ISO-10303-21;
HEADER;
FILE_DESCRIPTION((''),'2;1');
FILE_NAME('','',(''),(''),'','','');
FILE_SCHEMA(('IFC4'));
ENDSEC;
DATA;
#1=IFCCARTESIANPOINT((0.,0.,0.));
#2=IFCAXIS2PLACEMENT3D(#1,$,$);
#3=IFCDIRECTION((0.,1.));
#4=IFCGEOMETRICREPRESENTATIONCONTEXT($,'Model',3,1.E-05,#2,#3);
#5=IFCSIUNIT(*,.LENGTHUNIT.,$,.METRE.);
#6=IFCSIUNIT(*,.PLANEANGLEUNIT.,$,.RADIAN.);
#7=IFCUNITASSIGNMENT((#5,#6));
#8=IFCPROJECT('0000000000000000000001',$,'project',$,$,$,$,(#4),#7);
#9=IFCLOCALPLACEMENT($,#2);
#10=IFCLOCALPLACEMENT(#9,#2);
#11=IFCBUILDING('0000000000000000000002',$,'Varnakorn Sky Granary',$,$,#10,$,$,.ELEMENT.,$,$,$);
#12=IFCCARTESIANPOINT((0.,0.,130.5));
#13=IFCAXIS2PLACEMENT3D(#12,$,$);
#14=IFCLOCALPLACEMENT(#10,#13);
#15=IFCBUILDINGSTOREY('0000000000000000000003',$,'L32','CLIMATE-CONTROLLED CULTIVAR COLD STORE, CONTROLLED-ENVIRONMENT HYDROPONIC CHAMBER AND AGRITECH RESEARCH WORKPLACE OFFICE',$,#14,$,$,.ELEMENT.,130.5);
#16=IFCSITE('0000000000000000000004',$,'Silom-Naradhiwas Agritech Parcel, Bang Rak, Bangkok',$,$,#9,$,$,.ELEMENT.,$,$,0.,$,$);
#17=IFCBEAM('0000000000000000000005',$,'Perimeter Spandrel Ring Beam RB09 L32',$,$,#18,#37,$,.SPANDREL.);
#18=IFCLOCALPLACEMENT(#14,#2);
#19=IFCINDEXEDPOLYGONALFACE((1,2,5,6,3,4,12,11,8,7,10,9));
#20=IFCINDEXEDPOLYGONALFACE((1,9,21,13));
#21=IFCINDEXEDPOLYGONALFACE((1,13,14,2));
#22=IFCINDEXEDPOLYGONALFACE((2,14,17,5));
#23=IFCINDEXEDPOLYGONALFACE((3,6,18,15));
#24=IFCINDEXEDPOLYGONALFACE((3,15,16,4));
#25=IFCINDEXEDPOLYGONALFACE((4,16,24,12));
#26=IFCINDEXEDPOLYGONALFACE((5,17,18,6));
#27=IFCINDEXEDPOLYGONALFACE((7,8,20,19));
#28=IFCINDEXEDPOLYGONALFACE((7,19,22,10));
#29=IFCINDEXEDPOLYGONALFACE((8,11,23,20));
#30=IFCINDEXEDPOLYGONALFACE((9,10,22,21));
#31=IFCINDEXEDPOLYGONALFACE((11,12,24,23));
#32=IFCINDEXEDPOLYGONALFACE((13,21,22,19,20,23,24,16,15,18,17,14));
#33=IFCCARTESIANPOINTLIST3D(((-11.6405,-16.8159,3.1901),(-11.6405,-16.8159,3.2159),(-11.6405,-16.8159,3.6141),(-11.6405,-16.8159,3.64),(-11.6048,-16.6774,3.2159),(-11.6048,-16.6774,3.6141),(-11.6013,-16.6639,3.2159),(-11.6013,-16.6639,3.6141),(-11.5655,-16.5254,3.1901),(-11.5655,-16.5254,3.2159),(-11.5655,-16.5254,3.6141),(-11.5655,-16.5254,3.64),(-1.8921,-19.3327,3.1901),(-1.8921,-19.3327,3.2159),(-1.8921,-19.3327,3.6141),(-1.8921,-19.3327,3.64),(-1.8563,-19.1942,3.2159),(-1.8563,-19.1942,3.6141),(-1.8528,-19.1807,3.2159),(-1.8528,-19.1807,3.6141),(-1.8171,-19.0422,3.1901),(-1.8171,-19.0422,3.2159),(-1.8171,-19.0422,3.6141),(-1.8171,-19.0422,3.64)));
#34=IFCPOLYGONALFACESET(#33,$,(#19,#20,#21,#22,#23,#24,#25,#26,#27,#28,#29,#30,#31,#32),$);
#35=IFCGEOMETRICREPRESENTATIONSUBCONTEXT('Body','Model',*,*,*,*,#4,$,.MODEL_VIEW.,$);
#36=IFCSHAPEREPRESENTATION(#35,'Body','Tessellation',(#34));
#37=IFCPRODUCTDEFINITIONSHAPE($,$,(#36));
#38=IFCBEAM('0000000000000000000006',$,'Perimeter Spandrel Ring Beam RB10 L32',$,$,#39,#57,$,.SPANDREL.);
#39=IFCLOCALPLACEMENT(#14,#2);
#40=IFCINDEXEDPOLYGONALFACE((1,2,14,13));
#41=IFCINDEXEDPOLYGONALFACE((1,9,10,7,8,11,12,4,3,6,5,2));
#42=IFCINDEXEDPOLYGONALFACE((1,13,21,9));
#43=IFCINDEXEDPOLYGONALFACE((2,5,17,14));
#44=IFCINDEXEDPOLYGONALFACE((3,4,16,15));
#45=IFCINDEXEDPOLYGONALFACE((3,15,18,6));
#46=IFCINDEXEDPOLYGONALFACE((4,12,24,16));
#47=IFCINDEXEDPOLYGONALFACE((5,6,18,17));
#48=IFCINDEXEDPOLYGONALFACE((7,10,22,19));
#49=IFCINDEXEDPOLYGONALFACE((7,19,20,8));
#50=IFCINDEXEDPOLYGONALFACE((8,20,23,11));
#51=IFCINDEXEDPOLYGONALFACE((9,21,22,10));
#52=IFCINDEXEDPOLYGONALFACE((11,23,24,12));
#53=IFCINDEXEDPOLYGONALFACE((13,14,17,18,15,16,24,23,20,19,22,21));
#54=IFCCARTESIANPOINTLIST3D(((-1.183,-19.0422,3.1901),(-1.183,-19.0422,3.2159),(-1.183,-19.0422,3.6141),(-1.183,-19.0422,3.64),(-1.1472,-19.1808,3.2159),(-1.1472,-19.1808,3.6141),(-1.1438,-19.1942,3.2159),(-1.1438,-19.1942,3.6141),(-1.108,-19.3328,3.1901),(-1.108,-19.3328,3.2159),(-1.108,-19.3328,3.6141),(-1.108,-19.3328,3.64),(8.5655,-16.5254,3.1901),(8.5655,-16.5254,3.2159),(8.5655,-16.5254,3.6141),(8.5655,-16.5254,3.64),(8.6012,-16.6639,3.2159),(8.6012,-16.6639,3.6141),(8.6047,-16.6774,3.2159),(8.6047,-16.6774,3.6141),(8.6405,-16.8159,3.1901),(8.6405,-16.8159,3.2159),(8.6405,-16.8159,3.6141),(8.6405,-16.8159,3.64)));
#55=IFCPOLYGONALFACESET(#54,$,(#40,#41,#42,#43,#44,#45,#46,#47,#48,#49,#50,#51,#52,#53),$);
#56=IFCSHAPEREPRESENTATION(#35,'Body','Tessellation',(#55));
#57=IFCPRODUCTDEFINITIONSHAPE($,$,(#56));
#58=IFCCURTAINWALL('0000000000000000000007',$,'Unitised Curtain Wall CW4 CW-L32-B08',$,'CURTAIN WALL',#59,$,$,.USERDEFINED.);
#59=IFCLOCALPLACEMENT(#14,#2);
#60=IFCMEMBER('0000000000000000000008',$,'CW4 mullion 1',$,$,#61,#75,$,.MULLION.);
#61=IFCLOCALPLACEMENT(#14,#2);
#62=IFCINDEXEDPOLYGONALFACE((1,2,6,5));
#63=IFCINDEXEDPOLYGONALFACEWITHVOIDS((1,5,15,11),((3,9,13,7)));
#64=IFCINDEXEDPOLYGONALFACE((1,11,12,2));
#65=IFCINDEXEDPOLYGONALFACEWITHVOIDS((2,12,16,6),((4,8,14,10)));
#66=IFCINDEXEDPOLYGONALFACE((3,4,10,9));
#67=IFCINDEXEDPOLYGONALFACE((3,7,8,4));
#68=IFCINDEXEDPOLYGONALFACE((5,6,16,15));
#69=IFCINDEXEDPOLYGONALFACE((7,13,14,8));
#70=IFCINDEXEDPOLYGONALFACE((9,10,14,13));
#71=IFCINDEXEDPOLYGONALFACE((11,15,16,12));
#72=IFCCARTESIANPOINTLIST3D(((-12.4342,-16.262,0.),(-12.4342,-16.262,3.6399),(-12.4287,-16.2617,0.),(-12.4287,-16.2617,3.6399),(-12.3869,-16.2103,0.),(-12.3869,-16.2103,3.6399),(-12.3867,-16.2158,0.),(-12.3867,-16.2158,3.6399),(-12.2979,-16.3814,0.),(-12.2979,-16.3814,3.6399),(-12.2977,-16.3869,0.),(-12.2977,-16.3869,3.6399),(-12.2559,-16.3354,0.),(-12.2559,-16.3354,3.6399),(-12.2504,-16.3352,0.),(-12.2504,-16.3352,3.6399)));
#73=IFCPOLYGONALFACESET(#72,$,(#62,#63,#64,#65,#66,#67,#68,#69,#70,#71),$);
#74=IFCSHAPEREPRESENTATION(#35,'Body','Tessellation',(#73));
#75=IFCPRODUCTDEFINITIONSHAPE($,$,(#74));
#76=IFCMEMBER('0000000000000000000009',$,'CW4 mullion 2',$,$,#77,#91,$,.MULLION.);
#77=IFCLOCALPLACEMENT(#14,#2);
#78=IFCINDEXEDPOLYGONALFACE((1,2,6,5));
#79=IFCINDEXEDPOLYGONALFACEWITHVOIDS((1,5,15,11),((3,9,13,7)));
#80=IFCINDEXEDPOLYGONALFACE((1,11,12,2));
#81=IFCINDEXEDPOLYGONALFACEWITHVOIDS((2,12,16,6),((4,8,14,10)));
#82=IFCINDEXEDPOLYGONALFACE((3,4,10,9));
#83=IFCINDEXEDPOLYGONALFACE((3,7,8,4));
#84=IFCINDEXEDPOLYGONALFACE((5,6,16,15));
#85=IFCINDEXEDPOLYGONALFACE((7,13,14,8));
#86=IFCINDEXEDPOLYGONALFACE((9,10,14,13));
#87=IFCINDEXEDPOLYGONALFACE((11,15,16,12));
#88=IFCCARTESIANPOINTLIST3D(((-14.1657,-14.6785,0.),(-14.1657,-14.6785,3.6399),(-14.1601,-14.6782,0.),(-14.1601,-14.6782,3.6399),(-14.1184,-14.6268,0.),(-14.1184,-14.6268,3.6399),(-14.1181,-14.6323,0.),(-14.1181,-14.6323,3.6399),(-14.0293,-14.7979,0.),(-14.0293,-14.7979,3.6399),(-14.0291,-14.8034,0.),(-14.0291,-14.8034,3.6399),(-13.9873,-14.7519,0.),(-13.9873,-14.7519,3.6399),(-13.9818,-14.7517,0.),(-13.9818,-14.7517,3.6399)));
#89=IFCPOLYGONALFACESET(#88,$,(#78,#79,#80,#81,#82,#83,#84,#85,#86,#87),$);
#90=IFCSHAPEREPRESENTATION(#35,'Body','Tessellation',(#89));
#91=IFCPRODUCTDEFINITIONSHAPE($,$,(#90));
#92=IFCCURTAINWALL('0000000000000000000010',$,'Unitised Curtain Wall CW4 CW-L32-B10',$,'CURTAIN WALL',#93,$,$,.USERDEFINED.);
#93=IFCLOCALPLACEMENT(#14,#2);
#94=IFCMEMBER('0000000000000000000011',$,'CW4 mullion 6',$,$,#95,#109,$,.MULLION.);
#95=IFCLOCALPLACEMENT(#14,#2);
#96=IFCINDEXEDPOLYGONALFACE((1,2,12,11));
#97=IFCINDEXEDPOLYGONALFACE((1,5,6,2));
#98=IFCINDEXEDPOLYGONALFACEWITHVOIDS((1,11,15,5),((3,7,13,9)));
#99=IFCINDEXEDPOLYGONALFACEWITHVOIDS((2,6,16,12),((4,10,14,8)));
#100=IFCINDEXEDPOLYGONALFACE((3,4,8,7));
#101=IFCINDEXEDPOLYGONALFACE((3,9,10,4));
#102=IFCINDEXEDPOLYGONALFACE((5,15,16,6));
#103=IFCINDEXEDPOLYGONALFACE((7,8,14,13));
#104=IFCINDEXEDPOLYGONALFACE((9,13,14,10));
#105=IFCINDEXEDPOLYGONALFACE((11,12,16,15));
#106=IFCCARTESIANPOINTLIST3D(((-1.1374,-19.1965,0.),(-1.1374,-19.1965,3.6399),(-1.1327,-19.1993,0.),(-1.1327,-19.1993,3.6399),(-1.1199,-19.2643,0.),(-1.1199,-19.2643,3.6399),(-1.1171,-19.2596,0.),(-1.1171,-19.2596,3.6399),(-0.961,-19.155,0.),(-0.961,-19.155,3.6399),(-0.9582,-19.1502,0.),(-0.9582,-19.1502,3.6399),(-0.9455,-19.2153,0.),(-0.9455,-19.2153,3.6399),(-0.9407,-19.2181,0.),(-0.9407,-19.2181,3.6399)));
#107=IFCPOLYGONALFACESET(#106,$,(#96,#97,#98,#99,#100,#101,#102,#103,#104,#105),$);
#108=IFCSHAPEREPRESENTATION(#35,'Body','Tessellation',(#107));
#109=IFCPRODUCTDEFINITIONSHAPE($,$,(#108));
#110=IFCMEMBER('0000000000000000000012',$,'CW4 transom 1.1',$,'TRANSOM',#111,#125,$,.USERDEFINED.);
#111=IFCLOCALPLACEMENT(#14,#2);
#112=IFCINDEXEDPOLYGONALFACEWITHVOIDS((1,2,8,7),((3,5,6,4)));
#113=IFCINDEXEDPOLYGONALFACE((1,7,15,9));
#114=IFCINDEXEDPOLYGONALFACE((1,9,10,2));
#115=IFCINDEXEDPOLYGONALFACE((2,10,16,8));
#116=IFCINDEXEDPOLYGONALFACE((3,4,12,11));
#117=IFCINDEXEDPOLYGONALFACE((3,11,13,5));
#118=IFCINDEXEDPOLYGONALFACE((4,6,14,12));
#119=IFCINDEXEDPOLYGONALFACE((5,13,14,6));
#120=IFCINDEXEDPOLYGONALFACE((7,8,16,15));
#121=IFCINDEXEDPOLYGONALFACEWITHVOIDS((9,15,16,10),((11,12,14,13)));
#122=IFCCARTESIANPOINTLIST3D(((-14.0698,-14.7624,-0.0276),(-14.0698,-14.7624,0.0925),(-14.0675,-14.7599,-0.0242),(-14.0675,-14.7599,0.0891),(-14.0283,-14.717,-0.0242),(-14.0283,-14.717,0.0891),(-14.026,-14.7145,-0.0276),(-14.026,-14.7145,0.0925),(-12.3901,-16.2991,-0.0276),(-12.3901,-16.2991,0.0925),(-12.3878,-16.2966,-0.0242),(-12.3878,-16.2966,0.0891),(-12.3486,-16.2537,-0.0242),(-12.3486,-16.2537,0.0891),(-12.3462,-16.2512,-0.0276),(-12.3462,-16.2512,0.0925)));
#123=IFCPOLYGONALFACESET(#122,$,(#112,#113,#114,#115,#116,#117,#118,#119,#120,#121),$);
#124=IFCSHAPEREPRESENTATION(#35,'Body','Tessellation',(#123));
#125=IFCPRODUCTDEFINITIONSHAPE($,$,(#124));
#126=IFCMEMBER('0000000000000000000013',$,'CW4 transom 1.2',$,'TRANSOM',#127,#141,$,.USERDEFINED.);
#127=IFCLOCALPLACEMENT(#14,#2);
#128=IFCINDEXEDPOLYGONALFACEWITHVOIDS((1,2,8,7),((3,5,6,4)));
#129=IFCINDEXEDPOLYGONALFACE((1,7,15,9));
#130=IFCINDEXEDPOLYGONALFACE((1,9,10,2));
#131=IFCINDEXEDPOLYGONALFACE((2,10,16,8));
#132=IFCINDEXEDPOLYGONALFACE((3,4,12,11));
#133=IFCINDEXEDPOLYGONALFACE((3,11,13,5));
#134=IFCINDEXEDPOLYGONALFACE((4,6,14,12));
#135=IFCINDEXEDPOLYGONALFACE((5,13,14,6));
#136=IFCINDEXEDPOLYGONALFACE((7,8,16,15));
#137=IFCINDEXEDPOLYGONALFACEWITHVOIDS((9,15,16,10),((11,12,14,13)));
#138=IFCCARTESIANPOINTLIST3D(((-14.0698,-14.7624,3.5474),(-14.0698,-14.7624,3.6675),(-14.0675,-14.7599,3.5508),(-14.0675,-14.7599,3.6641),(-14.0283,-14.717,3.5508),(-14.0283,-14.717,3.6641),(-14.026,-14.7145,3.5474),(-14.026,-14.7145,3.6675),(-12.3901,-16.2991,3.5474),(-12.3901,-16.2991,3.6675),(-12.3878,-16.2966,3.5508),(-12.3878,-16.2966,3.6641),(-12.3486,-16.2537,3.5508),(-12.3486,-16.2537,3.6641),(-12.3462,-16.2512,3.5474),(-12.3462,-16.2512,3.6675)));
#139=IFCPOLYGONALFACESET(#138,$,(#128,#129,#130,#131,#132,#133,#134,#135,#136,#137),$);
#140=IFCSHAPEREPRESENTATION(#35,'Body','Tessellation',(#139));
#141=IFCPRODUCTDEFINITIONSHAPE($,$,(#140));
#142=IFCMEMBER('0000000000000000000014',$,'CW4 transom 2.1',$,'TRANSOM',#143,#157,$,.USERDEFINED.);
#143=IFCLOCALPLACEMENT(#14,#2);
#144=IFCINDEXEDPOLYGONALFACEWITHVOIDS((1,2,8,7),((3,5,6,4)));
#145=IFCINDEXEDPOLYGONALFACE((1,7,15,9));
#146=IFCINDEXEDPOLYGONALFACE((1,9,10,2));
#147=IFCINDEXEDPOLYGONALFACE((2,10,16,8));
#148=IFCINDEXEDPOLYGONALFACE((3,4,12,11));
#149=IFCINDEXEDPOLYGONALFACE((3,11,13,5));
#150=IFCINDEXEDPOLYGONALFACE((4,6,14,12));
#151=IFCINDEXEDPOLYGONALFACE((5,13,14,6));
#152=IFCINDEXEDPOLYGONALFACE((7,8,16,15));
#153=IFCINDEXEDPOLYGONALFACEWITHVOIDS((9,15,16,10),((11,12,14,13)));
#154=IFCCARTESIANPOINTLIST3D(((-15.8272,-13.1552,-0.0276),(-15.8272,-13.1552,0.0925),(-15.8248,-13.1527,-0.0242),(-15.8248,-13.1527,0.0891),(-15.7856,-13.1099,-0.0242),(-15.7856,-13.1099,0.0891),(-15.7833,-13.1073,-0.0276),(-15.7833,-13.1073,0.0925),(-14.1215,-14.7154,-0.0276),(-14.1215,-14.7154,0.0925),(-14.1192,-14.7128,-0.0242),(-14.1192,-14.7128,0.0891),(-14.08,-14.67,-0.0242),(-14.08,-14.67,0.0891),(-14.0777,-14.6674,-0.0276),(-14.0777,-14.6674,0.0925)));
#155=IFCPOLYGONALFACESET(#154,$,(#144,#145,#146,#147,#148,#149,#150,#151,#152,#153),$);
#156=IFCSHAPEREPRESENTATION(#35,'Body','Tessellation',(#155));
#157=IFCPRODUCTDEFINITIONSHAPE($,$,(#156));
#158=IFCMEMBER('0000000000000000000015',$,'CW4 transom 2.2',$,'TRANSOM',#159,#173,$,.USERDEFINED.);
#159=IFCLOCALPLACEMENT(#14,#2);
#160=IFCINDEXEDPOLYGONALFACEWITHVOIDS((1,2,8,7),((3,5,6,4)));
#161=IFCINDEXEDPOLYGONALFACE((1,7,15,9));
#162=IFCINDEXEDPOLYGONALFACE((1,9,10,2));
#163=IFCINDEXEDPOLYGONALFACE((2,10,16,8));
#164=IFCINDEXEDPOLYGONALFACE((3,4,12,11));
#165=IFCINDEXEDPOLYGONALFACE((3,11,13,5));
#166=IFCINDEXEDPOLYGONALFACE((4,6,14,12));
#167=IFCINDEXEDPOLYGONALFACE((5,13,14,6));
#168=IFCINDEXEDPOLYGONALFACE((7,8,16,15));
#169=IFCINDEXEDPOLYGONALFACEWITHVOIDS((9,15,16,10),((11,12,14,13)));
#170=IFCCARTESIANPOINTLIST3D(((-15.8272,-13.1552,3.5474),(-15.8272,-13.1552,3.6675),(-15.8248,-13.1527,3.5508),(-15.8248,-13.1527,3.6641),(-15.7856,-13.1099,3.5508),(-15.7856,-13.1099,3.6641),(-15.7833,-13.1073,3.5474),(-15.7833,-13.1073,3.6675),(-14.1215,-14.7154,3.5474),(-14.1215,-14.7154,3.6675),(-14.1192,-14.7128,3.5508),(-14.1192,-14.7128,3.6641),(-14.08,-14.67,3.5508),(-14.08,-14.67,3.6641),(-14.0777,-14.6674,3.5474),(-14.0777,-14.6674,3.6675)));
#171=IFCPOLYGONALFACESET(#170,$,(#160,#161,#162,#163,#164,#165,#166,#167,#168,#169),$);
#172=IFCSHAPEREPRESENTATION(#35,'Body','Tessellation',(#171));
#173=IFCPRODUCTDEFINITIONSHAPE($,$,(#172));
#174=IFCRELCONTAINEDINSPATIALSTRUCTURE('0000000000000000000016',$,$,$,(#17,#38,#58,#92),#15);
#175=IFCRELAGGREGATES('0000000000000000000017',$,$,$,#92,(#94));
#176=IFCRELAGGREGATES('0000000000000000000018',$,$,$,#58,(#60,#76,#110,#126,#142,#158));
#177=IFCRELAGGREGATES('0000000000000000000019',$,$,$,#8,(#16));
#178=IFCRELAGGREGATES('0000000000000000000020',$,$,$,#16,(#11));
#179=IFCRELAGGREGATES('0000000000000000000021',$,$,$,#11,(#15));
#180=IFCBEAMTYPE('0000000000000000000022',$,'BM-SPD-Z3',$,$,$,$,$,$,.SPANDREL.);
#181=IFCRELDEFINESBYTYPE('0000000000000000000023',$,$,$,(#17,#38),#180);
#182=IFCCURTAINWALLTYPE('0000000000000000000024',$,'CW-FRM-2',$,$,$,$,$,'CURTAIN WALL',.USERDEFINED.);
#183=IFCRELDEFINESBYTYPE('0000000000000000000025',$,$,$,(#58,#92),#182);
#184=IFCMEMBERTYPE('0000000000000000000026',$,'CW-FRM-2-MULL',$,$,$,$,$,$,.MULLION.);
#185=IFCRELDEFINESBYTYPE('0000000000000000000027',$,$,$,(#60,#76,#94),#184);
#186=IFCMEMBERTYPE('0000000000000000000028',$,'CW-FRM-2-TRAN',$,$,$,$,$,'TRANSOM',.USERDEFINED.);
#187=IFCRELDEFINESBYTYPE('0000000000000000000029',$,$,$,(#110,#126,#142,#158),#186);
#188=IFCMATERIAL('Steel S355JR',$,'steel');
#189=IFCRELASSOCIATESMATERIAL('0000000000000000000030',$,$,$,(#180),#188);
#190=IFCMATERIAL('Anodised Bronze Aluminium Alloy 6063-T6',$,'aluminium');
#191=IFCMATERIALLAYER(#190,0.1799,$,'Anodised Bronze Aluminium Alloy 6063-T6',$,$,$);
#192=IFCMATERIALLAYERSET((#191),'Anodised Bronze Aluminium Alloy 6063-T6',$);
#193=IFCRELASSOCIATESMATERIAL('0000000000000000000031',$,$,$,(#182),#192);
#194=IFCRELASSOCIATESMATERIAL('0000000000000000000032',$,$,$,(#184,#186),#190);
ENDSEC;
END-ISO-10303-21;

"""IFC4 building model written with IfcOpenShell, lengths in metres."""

from ifc_helpers import new_model, si_unit, direction, frame, origin, origin_2d, place, context, subcontext, project, spatial, hollow_rectangle, i_section, extrude, material, layer, layer_set, material_profile, profile_set, type_object, element, aggregate, save


model = new_model("IFC4")

# Units and contexts
model_context = context("Model", 3, precision=1e-05, world=origin(), true_north=direction((0.0, 1.0)))
body_context = subcontext(model_context, "Body", "Model", "MODEL_VIEW")
ifc_project = project(units=[si_unit("LENGTHUNIT", "METRE"), si_unit("PLANEANGLEUNIT", "RADIAN")], contexts=[model_context])

# Site, building, storey
site_placement = place(None, origin())
site = spatial("IfcSite", under=ifc_project, at=site_placement, Name="Silom-Naradhiwas Agritech Parcel, Bang Rak, Bangkok", CompositionType="ELEMENT", RefElevation=0.0)
building_placement = place(site_placement, origin())
building = spatial("IfcBuilding", under=site, at=building_placement, Name="Varnakorn Sky Granary", CompositionType="ELEMENT")
storey_placement = place(building_placement, frame((0.0, 0.0, 130.5)))
storey = spatial("IfcBuildingStorey", under=building, at=storey_placement, Name="L32", Description="CLIMATE-CONTROLLED CULTIVAR COLD STORE, CONTROLLED-ENVIRONMENT HYDROPONIC CHAMBER AND AGRITECH RESEARCH WORKPLACE OFFICE", CompositionType="ELEMENT", Elevation=130.5)

# Beams
ifc_material_1 = material(Name="Steel S355JR", Category="steel")
ifc_material_profile_1 = material_profile(ifc_material_1, i_section(OverallWidth=0.3, OverallDepth=0.45, WebThickness=0.0139, FlangeThickness=0.0259, at=origin_2d()), Name="HE 450 B")
ifc_profile_set_1 = profile_set([ifc_material_profile_1], Name="Steel S355JR")
beam_type_1 = type_object("IfcBeamType", Name="BM-SPD-Z3", PredefinedType="SPANDREL", material=ifc_profile_set_1)
for number, where, z_axis, x_axis, name in (
    (1, (-11.603, -16.6707, 3.415), (0.968251, -0.24998, 0.0), (0.24998, 0.968251, 0.0), "Perimeter Spandrel Ring Beam RB09 L32"),
    (2, (-1.1455, -19.1875, 3.415), (0.968251, 0.24998, 0.0), (-0.24998, 0.968251, 0.0), "Perimeter Spandrel Ring Beam RB10 L32"),
):
    element("IfcBeam", number, at=place(storey_placement, frame(where, z_axis=z_axis, x_axis=x_axis)), inside=storey, type_object=beam_type_1, Name=name, PredefinedType="SPANDREL", context=body_context, shape_type="SweptSolid", body=[
        extrude(i_section(OverallWidth=0.3, OverallDepth=0.45, WebThickness=0.0139, FlangeThickness=0.0259, at=origin_2d()), origin(), (0.0, 0.0, 1.0), 10.0681),
    ])

# Curtain wall, members
ifc_material_2 = material(Name="Anodised Bronze Aluminium Alloy 6063-T6", Category="aluminium")
ifc_layer_1 = layer(ifc_material_2, 0.1799, Name="Anodised Bronze Aluminium Alloy 6063-T6")
ifc_layer_set_1 = layer_set([ifc_layer_1], Name="Anodised Bronze Aluminium Alloy 6063-T6")
curtain_wall_type = type_object("IfcCurtainWallType", Name="CW-FRM-2", ElementType="CURTAIN WALL", PredefinedType="USERDEFINED", material=ifc_layer_set_1)
curtain_wall_1_placement = place(storey_placement, origin())
curtain_wall_1 = element("IfcCurtainWall", 3, at=curtain_wall_1_placement, inside=storey, type_object=curtain_wall_type, Name="Unitised Curtain Wall CW4 CW-L32-B08", ObjectType="CURTAIN WALL", PredefinedType="USERDEFINED")
ifc_material_profile_2 = material_profile(ifc_material_2, hollow_rectangle(XDim=0.0701, YDim=0.1851, WallThickness=0.0039, at=origin_2d()), Name="ALU MULL 70x185")
ifc_profile_set_2 = profile_set([ifc_material_profile_2], Name="Anodised Bronze Aluminium Alloy 6063-T6")
member_type_1 = type_object("IfcMemberType", Name="CW-FRM-2-MULL", PredefinedType="MULLION", material=ifc_profile_set_2)
member_1_placement = place(storey_placement, frame((-12.3423, -16.2986, 0.0), z_axis=(0.0, 0.0, 1.0), x_axis=(-0.674918, -0.737893, 0.0)))
member_1 = element("IfcMember", 4, at=member_1_placement, type_object=member_type_1, Name="CW4 mullion 1", PredefinedType="MULLION", context=body_context, shape_type="SweptSolid", body=[
    extrude(hollow_rectangle(XDim=0.0701, YDim=0.1851, WallThickness=0.0039, at=origin_2d()), origin(), (0.0, 0.0, 1.0), 3.6399),
])
member_2_placement = place(storey_placement, frame((-14.0737, -14.7151, 0.0), z_axis=(0.0, 0.0, 1.0), x_axis=(-0.674918, -0.737893, 0.0)))
member_2 = element("IfcMember", 5, at=member_2_placement, type_object=member_type_1, Name="CW4 mullion 2", PredefinedType="MULLION", context=body_context, shape_type="SweptSolid", body=[
    extrude(hollow_rectangle(XDim=0.0701, YDim=0.1851, WallThickness=0.0039, at=origin_2d()), origin(), (0.0, 0.0, 1.0), 3.6399),
])

# Curtain wall, member
curtain_wall_2_placement = place(storey_placement, origin())
curtain_wall_2 = element("IfcCurtainWall", 6, at=curtain_wall_2_placement, inside=storey, type_object=curtain_wall_type, Name="Unitised Curtain Wall CW4 CW-L32-B10", ObjectType="CURTAIN WALL", PredefinedType="USERDEFINED")
member_3_placement = place(storey_placement, frame((-1.0391, -19.2073, 0.0), z_axis=(0.0, 0.0, 1.0), x_axis=(0.249777, -0.968303, 0.0)))
member_3 = element("IfcMember", 7, at=member_3_placement, type_object=member_type_1, Name="CW4 mullion 6", PredefinedType="MULLION", context=body_context, shape_type="SweptSolid", body=[
    extrude(hollow_rectangle(XDim=0.0701, YDim=0.1851, WallThickness=0.0039, at=origin_2d()), origin(), (0.0, 0.0, 1.0), 3.6399),
])
aggregate(curtain_wall_2, [member_3])

# Members
ifc_material_profile_3 = material_profile(ifc_material_2, hollow_rectangle(XDim=0.0649, YDim=0.1201, WallThickness=0.0034, at=origin_2d()), Name="ALU TRAN 65x120")
ifc_profile_set_3 = profile_set([ifc_material_profile_3], Name="Anodised Bronze Aluminium Alloy 6063-T6")
member_type_2 = type_object("IfcMemberType", Name="CW-FRM-2-TRAN", ElementType="TRANSOM", PredefinedType="USERDEFINED", material=ifc_profile_set_3)
member_4_placement = place(storey_placement, frame((-12.3682, -16.2751, 0.0325), z_axis=(-0.73783, 0.674986, 0.0), x_axis=(-0.674986, -0.73783, 0.0)))
member_4 = element("IfcMember", 8, at=member_4_placement, type_object=member_type_2, Name="CW4 transom 1.1", ObjectType="TRANSOM", PredefinedType="USERDEFINED", context=body_context, shape_type="SweptSolid", body=[
    extrude(hollow_rectangle(XDim=0.0649, YDim=0.1201, WallThickness=0.0034, at=origin_2d()), origin(), (0.0, 0.0, 1.0), 2.2766),
])
member_5_placement = place(storey_placement, frame((-12.3682, -16.2751, 3.6074), z_axis=(-0.73783, 0.674986, 0.0), x_axis=(-0.674986, -0.73783, 0.0)))
member_5 = element("IfcMember", 9, at=member_5_placement, type_object=member_type_2, Name="CW4 transom 1.2", ObjectType="TRANSOM", PredefinedType="USERDEFINED", context=body_context, shape_type="SweptSolid", body=[
    extrude(hollow_rectangle(XDim=0.0649, YDim=0.1201, WallThickness=0.0034, at=origin_2d()), origin(), (0.0, 0.0, 1.0), 2.2766),
])
member_6_placement = place(storey_placement, frame((-14.0996, -14.6914, 0.0325), z_axis=(-0.737882, 0.67493, 0.0), x_axis=(-0.67493, -0.737882, 0.0)))
member_6 = element("IfcMember", 10, at=member_6_placement, type_object=member_type_2, Name="CW4 transom 2.1", ObjectType="TRANSOM", PredefinedType="USERDEFINED", context=body_context, shape_type="SweptSolid", body=[
    extrude(hollow_rectangle(XDim=0.0649, YDim=0.1201, WallThickness=0.0034, at=origin_2d()), origin(), (0.0, 0.0, 1.0), 2.3115),
])
member_7_placement = place(storey_placement, frame((-14.0996, -14.6914, 3.6074), z_axis=(-0.737882, 0.67493, 0.0), x_axis=(-0.67493, -0.737882, 0.0)))
member_7 = element("IfcMember", 11, at=member_7_placement, type_object=member_type_2, Name="CW4 transom 2.2", ObjectType="TRANSOM", PredefinedType="USERDEFINED", context=body_context, shape_type="SweptSolid", body=[
    extrude(hollow_rectangle(XDim=0.0649, YDim=0.1201, WallThickness=0.0034, at=origin_2d()), origin(), (0.0, 0.0, 1.0), 2.3115),
])

aggregate(curtain_wall_1, [member_1, member_2, member_4, member_5, member_6, member_7])

save(model, "model.ifc")
